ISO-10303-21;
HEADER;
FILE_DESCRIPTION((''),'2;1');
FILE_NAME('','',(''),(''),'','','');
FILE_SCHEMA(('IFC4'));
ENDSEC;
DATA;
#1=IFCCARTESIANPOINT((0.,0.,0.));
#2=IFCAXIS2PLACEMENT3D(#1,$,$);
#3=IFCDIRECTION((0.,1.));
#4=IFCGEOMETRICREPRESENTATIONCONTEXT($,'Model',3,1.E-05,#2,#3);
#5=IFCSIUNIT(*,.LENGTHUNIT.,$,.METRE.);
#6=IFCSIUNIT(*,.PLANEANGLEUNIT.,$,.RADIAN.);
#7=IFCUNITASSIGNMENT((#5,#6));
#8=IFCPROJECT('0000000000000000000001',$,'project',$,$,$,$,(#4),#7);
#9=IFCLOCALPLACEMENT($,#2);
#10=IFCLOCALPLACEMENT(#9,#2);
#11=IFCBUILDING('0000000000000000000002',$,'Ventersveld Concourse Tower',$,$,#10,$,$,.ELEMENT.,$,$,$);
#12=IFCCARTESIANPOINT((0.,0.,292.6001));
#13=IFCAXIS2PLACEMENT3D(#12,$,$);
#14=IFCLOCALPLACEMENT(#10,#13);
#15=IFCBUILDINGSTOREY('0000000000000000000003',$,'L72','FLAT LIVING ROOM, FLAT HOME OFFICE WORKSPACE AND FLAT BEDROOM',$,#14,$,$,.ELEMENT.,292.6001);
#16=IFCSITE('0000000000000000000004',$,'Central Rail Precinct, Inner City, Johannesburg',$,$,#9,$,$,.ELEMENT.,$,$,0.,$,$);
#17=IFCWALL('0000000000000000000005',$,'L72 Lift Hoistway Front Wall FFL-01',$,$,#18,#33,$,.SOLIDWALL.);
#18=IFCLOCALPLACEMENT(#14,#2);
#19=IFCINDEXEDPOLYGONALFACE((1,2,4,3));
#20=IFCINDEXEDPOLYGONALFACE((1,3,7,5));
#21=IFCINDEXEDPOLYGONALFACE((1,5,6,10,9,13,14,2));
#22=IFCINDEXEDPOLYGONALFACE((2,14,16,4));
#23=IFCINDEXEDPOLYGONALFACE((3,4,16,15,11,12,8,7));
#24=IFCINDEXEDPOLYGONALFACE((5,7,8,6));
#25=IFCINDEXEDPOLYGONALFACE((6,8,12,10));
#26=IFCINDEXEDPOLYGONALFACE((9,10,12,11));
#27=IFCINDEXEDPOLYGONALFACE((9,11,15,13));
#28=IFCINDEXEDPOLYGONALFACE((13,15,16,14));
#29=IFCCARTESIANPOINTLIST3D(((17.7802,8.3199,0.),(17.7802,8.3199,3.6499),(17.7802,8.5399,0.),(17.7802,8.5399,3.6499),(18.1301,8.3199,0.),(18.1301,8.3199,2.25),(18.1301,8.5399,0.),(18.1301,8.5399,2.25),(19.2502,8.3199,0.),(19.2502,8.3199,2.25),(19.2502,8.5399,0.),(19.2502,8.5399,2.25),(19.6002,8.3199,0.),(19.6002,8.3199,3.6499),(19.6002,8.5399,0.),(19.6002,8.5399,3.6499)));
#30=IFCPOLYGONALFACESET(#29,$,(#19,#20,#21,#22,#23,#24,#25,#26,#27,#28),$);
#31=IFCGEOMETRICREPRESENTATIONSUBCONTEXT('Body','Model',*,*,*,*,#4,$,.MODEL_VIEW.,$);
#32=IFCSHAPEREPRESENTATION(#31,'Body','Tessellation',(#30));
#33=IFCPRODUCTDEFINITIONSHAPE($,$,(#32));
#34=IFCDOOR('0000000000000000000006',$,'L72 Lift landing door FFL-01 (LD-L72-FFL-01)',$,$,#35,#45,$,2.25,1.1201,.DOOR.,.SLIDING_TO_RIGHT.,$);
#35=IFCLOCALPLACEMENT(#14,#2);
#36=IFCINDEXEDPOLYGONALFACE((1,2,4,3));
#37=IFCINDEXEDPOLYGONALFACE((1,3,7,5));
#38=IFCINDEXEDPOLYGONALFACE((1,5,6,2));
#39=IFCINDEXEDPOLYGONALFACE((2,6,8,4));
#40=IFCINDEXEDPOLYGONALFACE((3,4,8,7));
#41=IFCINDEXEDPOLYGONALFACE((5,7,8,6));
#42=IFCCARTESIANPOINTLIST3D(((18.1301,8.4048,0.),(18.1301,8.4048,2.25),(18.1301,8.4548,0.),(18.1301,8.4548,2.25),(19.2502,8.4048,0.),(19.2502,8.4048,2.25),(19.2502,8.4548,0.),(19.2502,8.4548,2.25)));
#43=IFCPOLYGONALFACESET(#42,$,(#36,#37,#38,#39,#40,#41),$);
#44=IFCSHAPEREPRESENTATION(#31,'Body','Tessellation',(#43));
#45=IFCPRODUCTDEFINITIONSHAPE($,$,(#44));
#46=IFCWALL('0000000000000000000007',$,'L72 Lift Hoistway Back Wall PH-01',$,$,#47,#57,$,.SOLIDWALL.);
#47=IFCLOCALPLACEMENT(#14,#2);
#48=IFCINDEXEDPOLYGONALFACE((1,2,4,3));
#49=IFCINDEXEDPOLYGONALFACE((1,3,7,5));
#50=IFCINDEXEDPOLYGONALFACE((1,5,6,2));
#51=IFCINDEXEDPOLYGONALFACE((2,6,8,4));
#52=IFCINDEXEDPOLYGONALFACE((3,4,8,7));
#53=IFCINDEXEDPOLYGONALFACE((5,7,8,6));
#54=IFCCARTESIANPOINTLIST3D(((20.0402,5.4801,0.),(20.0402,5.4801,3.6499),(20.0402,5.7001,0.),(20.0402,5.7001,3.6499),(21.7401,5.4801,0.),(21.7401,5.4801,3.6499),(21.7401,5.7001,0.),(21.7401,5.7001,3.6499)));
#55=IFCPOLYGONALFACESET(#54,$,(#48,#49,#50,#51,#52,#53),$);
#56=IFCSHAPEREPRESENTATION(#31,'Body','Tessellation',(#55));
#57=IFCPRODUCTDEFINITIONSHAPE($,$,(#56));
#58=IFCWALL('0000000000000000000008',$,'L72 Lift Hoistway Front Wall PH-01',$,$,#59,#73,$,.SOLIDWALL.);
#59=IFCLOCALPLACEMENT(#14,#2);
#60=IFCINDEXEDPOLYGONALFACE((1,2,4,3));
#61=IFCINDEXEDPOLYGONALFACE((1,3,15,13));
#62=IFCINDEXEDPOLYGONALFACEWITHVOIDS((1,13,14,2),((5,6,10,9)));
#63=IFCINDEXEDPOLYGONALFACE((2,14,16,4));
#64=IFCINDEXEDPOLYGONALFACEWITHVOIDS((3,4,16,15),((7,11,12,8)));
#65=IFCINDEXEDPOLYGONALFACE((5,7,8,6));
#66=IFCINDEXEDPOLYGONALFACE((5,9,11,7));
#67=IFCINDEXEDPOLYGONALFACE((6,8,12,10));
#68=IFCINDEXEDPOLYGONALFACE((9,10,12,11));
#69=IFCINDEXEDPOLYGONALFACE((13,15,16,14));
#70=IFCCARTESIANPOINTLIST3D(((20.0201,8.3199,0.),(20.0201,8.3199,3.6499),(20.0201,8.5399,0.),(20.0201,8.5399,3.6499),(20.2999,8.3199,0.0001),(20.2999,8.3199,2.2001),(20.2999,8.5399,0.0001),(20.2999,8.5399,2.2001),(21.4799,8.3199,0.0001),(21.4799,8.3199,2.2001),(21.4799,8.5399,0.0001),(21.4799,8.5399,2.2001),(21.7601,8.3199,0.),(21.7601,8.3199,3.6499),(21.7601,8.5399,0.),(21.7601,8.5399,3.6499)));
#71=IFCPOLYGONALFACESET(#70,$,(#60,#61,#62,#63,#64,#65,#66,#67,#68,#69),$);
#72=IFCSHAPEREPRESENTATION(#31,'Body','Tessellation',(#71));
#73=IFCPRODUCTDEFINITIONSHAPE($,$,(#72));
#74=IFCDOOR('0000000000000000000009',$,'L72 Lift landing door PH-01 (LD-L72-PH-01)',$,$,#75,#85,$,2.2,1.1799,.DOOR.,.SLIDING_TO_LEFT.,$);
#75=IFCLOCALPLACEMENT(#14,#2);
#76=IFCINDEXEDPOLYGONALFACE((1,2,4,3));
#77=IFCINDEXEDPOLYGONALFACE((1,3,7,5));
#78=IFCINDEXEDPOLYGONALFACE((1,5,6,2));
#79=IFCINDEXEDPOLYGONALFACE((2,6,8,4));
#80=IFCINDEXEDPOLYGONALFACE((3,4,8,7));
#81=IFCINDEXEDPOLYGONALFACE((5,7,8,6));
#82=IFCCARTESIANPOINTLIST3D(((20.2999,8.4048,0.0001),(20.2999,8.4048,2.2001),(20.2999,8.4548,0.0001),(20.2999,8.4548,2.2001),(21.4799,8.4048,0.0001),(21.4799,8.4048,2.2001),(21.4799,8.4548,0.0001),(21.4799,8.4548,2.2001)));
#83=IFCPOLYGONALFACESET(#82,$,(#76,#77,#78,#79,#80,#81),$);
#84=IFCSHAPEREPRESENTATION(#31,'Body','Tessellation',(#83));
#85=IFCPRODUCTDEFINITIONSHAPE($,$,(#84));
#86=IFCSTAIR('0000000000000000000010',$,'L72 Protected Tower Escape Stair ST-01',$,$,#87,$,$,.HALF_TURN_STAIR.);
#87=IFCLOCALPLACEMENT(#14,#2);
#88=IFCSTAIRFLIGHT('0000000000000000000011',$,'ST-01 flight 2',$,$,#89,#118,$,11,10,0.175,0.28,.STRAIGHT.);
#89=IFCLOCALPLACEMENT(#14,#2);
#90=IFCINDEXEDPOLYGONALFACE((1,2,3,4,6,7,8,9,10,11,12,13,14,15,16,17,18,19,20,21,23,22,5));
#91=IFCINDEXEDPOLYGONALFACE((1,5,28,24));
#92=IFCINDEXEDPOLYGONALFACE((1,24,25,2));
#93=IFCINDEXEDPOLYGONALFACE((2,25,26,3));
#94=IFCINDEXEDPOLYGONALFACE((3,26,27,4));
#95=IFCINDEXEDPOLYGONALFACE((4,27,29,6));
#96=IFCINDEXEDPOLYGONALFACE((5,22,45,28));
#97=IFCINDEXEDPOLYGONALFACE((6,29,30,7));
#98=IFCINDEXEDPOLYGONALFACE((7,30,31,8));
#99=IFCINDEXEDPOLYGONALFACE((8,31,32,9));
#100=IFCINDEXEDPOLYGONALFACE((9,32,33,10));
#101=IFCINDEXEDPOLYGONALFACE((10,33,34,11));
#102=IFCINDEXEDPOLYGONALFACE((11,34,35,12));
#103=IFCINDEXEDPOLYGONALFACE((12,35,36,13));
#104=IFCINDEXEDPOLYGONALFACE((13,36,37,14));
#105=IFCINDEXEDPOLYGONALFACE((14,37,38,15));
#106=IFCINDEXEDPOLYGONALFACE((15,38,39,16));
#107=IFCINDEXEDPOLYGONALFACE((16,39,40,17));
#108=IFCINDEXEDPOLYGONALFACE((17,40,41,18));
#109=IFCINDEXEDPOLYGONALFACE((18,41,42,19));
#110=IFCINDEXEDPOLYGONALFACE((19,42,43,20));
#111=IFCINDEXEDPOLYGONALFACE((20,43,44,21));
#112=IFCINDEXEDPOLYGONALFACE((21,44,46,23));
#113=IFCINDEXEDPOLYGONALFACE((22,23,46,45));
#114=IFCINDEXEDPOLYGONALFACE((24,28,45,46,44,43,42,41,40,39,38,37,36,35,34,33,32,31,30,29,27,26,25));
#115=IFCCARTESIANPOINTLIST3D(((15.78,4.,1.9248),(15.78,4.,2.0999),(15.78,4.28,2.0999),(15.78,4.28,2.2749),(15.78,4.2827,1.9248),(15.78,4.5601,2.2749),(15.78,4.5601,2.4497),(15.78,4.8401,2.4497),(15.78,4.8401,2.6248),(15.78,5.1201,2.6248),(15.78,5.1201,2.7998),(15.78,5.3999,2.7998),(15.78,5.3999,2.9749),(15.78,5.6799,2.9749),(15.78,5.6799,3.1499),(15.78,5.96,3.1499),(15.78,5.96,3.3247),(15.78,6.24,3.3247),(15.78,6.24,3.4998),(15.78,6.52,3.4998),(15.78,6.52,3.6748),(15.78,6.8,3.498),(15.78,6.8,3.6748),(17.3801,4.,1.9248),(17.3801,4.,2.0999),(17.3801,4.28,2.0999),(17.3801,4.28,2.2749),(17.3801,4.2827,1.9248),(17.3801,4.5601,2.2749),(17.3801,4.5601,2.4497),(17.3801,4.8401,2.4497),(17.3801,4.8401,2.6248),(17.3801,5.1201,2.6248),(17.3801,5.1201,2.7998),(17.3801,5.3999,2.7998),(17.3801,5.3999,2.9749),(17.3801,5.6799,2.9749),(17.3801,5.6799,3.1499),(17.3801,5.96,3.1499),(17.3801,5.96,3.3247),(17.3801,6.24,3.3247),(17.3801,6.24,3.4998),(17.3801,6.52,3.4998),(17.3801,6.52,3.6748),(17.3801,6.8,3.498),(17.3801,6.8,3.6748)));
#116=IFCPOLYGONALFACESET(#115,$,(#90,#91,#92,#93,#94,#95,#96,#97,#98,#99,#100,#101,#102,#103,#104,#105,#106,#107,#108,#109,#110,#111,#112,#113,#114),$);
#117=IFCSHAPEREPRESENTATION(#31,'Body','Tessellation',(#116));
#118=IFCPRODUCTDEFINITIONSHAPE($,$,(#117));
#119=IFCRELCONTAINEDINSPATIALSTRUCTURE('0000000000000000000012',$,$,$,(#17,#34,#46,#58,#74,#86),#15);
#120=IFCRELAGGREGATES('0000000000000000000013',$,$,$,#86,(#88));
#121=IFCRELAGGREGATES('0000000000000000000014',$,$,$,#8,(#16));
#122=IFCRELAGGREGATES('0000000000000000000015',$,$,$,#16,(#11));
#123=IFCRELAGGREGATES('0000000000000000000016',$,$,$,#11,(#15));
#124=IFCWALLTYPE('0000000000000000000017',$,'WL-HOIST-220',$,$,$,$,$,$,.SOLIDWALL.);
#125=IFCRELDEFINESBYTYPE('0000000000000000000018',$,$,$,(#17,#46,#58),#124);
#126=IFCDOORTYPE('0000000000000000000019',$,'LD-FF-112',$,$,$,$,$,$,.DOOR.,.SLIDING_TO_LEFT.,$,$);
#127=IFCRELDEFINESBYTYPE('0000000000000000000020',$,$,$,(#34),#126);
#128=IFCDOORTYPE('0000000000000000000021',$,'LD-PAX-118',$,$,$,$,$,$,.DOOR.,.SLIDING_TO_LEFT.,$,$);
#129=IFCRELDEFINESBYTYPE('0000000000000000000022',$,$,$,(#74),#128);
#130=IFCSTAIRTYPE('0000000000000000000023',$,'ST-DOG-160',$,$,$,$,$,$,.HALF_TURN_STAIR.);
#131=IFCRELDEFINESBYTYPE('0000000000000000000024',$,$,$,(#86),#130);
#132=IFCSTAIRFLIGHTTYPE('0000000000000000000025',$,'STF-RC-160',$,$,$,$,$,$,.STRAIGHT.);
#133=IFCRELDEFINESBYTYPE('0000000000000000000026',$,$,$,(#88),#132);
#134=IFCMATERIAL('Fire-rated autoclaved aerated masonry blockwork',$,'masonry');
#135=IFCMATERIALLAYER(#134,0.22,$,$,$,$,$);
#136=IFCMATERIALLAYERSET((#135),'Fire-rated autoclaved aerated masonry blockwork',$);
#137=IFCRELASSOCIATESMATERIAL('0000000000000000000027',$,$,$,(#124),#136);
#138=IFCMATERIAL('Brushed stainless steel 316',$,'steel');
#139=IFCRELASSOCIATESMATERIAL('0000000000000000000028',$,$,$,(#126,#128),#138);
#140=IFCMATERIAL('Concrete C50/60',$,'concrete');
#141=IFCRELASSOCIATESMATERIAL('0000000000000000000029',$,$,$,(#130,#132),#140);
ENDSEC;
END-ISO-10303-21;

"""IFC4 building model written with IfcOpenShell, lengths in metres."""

from ifc_helpers import new_model, si_unit, direction, frame, frame_2d, origin, place, context, subcontext, project, spatial, polyline, rectangle, outline, extrude, material, layer, layer_set, type_object, element, fill, aggregate, save


model = new_model("IFC4")

# Units and contexts
model_context = context("Model", 3, precision=1e-05, world=origin(), true_north=direction((0.0, 1.0)))
body_context = subcontext(model_context, "Body", "Model", "MODEL_VIEW")
ifc_project = project(units=[si_unit("LENGTHUNIT", "METRE"), si_unit("PLANEANGLEUNIT", "RADIAN")], contexts=[model_context])

# Site, building, storey
site_placement = place(None, origin())
site = spatial("IfcSite", under=ifc_project, at=site_placement, Name="Central Rail Precinct, Inner City, Johannesburg", CompositionType="ELEMENT", RefElevation=0.0)
building_placement = place(site_placement, origin())
building = spatial("IfcBuilding", under=site, at=building_placement, Name="Ventersveld Concourse Tower", CompositionType="ELEMENT")
storey_placement = place(building_placement, frame((0.0, 0.0, 292.6001)))
storey = spatial("IfcBuildingStorey", under=building, at=storey_placement, Name="L72", Description="FLAT LIVING ROOM, FLAT HOME OFFICE WORKSPACE AND FLAT BEDROOM", CompositionType="ELEMENT", Elevation=292.6001)

# Shared definitions
ifc_material_1 = material(Name="Concrete C50/60", Category="concrete")

# Shared definitions
ifc_material_2 = material(Name="Fire-rated autoclaved aerated masonry blockwork", Category="masonry")
ifc_layer_1 = layer(ifc_material_2, 0.22)
ifc_layer_set_1 = layer_set([ifc_layer_1], Name="Fire-rated autoclaved aerated masonry blockwork")
wall_type_1 = type_object("IfcWallType", Name="WL-HOIST-220", PredefinedType="SOLIDWALL", material=ifc_layer_set_1)

# Wall, opening, door
wall_1_placement = place(storey_placement, frame((17.78, 8.4299, 0.0), z_axis=(0.0, 0.0, 1.0), x_axis=(1.0, 0.0, 0.0)))
wall_1 = element("IfcWall", 1, at=wall_1_placement, inside=storey, type_object=wall_type_1, Name="L72 Lift Hoistway Front Wall FFL-01", PredefinedType="SOLIDWALL", context=body_context, shape_type="SweptSolid", body=[
    extrude(rectangle(XDim=1.8201, YDim=0.22, at=frame_2d((0.9102, 0.0))), origin(), (0.0, 0.0, 1.0), 3.6499),
])
opening_1_placement = place(wall_1_placement, frame((0.3501, 0.0, 0.0)))
opening_1 = element("IfcOpeningElement", 2, at=opening_1_placement, cuts=wall_1, PredefinedType="OPENING", context=body_context, shape_type="SweptSolid", body=[
    extrude(rectangle(XDim=1.1201, YDim=2.25, at=frame_2d((0.5601, 1.125))), frame((0.0, 0.1201, 0.0), z_axis=(0.0, -1.0, 0.0), x_axis=(1.0, 0.0, 0.0)), (0.0, 0.0, 1.0), 0.24),
])
ifc_material_3 = material(Name="Brushed stainless steel 316", Category="steel")
door_type_1 = type_object("IfcDoorType", Name="LD-FF-112", OperationType="SLIDING_TO_LEFT", PredefinedType="DOOR", material=ifc_material_3)
door_1_placement = place(opening_1_placement, origin())
door_1 = element("IfcDoor", 3, at=door_1_placement, inside=storey, type_object=door_type_1, Name="L72 Lift landing door FFL-01 (LD-L72-FFL-01)", OperationType="SLIDING_TO_RIGHT", OverallHeight=2.25, OverallWidth=1.1201, PredefinedType="DOOR", context=body_context, shape_type="SweptSolid", body=[
    extrude(rectangle(XDim=1.1201, YDim=2.25, at=frame_2d((0.5601, 1.125))), frame((0.0, 0.0249, 0.0), z_axis=(0.0, -1.0, 0.0), x_axis=(1.0, 0.0, 0.0)), (0.0, 0.0, 1.0), 0.05),
])
fill(opening_1, door_1)

# Wall
wall_2_placement = place(storey_placement, frame((20.04, 5.5901, 0.0), z_axis=(0.0, 0.0, 1.0), x_axis=(1.0, 0.0, 0.0)))
element("IfcWall", 4, at=wall_2_placement, inside=storey, type_object=wall_type_1, Name="L72 Lift Hoistway Back Wall PH-01", PredefinedType="SOLIDWALL", context=body_context, shape_type="SweptSolid", body=[
    extrude(rectangle(XDim=1.7, YDim=0.22, at=frame_2d((0.8501, 0.0))), origin(), (0.0, 0.0, 1.0), 3.6499),
])

# Wall, opening, door
wall_3_placement = place(storey_placement, frame((20.02, 8.4299, 0.0), z_axis=(0.0, 0.0, 1.0), x_axis=(1.0, 0.0, 0.0)))
wall_3 = element("IfcWall", 5, at=wall_3_placement, inside=storey, type_object=wall_type_1, Name="L72 Lift Hoistway Front Wall PH-01", PredefinedType="SOLIDWALL", context=body_context, shape_type="SweptSolid", body=[
    extrude(rectangle(XDim=1.74, YDim=0.22, at=frame_2d((0.8701, 0.0))), origin(), (0.0, 0.0, 1.0), 3.6499),
])
opening_2_placement = place(wall_3_placement, frame((0.28, 0.0, 0.0)))
opening_2 = element("IfcOpeningElement", 6, at=opening_2_placement, cuts=wall_3, PredefinedType="OPENING", context=body_context, shape_type="SweptSolid", body=[
    extrude(rectangle(XDim=1.1799, YDim=2.2, at=frame_2d((0.5898, 1.1001))), frame((0.0, 0.1201, 0.0), z_axis=(0.0, -1.0, 0.0), x_axis=(1.0, 0.0, 0.0)), (0.0, 0.0, 1.0), 0.24),
])
door_type_2 = type_object("IfcDoorType", Name="LD-PAX-118", OperationType="SLIDING_TO_LEFT", PredefinedType="DOOR", material=ifc_material_3)
door_2_placement = place(opening_2_placement, origin())
door_2 = element("IfcDoor", 7, at=door_2_placement, inside=storey, type_object=door_type_2, Name="L72 Lift landing door PH-01 (LD-L72-PH-01)", OperationType="SLIDING_TO_LEFT", OverallHeight=2.2, OverallWidth=1.1799, PredefinedType="DOOR", context=body_context, shape_type="SweptSolid", body=[
    extrude(rectangle(XDim=1.1799, YDim=2.2, at=frame_2d((0.5898, 1.1001))), frame((0.0, 0.0249, 0.0), z_axis=(0.0, -1.0, 0.0), x_axis=(1.0, 0.0, 0.0)), (0.0, 0.0, 1.0), 0.05),
])
fill(opening_2, door_2)

# Stair, stair flight
stair_type = type_object("IfcStairType", Name="ST-DOG-160", PredefinedType="HALF_TURN_STAIR", material=ifc_material_1)
stair_placement = place(storey_placement, origin())
stair = element("IfcStair", 8, at=stair_placement, inside=storey, type_object=stair_type, Name="L72 Protected Tower Escape Stair ST-01", PredefinedType="HALF_TURN_STAIR")
stair_flight_type = type_object("IfcStairFlightType", Name="STF-RC-160", PredefinedType="STRAIGHT", material=ifc_material_1)
stair_flight_placement = place(storey_placement, frame((16.5801, 4.0, 1.9248), z_axis=(0.0, 0.0, 1.0), x_axis=(0.0, 1.0, 0.0)))
stair_flight = element("IfcStairFlight", 9, at=stair_flight_placement, type_object=stair_flight_type, Name="ST-01 flight 2", NumberOfRisers=11, NumberOfTreads=10, PredefinedType="STRAIGHT", RiserHeight=0.175, TreadLength=0.28, context=body_context, shape_type="SweptSolid", body=[
    extrude(outline(polyline([(0.0, 0.0), (0.0, 0.175), (0.28, 0.175), (0.28, 0.3501), (0.5601, 0.3501), (0.5601, 0.5249), (0.8401, 0.5249), (0.8401, 0.7), (1.1201, 0.7), (1.1201, 0.875), (1.3999, 0.875), (1.3999, 1.05), (1.6799, 1.05), (1.6799, 1.2251), (1.96, 1.2251), (1.96, 1.3999), (2.24, 1.3999), (2.24, 1.575), (2.52, 1.575), (2.52, 1.75), (2.8, 1.75), (2.8, 1.925), (2.8, 1.5732), (0.2827, 0.0), (0.0, 0.0)])), frame((0.0, 0.8, 0.0), z_axis=(0.0, -1.0, 0.0), x_axis=(1.0, 0.0, 0.0)), (0.0, 0.0, 1.0), 1.6001),
])
aggregate(stair, [stair_flight])

save(model, "model.ifc")
